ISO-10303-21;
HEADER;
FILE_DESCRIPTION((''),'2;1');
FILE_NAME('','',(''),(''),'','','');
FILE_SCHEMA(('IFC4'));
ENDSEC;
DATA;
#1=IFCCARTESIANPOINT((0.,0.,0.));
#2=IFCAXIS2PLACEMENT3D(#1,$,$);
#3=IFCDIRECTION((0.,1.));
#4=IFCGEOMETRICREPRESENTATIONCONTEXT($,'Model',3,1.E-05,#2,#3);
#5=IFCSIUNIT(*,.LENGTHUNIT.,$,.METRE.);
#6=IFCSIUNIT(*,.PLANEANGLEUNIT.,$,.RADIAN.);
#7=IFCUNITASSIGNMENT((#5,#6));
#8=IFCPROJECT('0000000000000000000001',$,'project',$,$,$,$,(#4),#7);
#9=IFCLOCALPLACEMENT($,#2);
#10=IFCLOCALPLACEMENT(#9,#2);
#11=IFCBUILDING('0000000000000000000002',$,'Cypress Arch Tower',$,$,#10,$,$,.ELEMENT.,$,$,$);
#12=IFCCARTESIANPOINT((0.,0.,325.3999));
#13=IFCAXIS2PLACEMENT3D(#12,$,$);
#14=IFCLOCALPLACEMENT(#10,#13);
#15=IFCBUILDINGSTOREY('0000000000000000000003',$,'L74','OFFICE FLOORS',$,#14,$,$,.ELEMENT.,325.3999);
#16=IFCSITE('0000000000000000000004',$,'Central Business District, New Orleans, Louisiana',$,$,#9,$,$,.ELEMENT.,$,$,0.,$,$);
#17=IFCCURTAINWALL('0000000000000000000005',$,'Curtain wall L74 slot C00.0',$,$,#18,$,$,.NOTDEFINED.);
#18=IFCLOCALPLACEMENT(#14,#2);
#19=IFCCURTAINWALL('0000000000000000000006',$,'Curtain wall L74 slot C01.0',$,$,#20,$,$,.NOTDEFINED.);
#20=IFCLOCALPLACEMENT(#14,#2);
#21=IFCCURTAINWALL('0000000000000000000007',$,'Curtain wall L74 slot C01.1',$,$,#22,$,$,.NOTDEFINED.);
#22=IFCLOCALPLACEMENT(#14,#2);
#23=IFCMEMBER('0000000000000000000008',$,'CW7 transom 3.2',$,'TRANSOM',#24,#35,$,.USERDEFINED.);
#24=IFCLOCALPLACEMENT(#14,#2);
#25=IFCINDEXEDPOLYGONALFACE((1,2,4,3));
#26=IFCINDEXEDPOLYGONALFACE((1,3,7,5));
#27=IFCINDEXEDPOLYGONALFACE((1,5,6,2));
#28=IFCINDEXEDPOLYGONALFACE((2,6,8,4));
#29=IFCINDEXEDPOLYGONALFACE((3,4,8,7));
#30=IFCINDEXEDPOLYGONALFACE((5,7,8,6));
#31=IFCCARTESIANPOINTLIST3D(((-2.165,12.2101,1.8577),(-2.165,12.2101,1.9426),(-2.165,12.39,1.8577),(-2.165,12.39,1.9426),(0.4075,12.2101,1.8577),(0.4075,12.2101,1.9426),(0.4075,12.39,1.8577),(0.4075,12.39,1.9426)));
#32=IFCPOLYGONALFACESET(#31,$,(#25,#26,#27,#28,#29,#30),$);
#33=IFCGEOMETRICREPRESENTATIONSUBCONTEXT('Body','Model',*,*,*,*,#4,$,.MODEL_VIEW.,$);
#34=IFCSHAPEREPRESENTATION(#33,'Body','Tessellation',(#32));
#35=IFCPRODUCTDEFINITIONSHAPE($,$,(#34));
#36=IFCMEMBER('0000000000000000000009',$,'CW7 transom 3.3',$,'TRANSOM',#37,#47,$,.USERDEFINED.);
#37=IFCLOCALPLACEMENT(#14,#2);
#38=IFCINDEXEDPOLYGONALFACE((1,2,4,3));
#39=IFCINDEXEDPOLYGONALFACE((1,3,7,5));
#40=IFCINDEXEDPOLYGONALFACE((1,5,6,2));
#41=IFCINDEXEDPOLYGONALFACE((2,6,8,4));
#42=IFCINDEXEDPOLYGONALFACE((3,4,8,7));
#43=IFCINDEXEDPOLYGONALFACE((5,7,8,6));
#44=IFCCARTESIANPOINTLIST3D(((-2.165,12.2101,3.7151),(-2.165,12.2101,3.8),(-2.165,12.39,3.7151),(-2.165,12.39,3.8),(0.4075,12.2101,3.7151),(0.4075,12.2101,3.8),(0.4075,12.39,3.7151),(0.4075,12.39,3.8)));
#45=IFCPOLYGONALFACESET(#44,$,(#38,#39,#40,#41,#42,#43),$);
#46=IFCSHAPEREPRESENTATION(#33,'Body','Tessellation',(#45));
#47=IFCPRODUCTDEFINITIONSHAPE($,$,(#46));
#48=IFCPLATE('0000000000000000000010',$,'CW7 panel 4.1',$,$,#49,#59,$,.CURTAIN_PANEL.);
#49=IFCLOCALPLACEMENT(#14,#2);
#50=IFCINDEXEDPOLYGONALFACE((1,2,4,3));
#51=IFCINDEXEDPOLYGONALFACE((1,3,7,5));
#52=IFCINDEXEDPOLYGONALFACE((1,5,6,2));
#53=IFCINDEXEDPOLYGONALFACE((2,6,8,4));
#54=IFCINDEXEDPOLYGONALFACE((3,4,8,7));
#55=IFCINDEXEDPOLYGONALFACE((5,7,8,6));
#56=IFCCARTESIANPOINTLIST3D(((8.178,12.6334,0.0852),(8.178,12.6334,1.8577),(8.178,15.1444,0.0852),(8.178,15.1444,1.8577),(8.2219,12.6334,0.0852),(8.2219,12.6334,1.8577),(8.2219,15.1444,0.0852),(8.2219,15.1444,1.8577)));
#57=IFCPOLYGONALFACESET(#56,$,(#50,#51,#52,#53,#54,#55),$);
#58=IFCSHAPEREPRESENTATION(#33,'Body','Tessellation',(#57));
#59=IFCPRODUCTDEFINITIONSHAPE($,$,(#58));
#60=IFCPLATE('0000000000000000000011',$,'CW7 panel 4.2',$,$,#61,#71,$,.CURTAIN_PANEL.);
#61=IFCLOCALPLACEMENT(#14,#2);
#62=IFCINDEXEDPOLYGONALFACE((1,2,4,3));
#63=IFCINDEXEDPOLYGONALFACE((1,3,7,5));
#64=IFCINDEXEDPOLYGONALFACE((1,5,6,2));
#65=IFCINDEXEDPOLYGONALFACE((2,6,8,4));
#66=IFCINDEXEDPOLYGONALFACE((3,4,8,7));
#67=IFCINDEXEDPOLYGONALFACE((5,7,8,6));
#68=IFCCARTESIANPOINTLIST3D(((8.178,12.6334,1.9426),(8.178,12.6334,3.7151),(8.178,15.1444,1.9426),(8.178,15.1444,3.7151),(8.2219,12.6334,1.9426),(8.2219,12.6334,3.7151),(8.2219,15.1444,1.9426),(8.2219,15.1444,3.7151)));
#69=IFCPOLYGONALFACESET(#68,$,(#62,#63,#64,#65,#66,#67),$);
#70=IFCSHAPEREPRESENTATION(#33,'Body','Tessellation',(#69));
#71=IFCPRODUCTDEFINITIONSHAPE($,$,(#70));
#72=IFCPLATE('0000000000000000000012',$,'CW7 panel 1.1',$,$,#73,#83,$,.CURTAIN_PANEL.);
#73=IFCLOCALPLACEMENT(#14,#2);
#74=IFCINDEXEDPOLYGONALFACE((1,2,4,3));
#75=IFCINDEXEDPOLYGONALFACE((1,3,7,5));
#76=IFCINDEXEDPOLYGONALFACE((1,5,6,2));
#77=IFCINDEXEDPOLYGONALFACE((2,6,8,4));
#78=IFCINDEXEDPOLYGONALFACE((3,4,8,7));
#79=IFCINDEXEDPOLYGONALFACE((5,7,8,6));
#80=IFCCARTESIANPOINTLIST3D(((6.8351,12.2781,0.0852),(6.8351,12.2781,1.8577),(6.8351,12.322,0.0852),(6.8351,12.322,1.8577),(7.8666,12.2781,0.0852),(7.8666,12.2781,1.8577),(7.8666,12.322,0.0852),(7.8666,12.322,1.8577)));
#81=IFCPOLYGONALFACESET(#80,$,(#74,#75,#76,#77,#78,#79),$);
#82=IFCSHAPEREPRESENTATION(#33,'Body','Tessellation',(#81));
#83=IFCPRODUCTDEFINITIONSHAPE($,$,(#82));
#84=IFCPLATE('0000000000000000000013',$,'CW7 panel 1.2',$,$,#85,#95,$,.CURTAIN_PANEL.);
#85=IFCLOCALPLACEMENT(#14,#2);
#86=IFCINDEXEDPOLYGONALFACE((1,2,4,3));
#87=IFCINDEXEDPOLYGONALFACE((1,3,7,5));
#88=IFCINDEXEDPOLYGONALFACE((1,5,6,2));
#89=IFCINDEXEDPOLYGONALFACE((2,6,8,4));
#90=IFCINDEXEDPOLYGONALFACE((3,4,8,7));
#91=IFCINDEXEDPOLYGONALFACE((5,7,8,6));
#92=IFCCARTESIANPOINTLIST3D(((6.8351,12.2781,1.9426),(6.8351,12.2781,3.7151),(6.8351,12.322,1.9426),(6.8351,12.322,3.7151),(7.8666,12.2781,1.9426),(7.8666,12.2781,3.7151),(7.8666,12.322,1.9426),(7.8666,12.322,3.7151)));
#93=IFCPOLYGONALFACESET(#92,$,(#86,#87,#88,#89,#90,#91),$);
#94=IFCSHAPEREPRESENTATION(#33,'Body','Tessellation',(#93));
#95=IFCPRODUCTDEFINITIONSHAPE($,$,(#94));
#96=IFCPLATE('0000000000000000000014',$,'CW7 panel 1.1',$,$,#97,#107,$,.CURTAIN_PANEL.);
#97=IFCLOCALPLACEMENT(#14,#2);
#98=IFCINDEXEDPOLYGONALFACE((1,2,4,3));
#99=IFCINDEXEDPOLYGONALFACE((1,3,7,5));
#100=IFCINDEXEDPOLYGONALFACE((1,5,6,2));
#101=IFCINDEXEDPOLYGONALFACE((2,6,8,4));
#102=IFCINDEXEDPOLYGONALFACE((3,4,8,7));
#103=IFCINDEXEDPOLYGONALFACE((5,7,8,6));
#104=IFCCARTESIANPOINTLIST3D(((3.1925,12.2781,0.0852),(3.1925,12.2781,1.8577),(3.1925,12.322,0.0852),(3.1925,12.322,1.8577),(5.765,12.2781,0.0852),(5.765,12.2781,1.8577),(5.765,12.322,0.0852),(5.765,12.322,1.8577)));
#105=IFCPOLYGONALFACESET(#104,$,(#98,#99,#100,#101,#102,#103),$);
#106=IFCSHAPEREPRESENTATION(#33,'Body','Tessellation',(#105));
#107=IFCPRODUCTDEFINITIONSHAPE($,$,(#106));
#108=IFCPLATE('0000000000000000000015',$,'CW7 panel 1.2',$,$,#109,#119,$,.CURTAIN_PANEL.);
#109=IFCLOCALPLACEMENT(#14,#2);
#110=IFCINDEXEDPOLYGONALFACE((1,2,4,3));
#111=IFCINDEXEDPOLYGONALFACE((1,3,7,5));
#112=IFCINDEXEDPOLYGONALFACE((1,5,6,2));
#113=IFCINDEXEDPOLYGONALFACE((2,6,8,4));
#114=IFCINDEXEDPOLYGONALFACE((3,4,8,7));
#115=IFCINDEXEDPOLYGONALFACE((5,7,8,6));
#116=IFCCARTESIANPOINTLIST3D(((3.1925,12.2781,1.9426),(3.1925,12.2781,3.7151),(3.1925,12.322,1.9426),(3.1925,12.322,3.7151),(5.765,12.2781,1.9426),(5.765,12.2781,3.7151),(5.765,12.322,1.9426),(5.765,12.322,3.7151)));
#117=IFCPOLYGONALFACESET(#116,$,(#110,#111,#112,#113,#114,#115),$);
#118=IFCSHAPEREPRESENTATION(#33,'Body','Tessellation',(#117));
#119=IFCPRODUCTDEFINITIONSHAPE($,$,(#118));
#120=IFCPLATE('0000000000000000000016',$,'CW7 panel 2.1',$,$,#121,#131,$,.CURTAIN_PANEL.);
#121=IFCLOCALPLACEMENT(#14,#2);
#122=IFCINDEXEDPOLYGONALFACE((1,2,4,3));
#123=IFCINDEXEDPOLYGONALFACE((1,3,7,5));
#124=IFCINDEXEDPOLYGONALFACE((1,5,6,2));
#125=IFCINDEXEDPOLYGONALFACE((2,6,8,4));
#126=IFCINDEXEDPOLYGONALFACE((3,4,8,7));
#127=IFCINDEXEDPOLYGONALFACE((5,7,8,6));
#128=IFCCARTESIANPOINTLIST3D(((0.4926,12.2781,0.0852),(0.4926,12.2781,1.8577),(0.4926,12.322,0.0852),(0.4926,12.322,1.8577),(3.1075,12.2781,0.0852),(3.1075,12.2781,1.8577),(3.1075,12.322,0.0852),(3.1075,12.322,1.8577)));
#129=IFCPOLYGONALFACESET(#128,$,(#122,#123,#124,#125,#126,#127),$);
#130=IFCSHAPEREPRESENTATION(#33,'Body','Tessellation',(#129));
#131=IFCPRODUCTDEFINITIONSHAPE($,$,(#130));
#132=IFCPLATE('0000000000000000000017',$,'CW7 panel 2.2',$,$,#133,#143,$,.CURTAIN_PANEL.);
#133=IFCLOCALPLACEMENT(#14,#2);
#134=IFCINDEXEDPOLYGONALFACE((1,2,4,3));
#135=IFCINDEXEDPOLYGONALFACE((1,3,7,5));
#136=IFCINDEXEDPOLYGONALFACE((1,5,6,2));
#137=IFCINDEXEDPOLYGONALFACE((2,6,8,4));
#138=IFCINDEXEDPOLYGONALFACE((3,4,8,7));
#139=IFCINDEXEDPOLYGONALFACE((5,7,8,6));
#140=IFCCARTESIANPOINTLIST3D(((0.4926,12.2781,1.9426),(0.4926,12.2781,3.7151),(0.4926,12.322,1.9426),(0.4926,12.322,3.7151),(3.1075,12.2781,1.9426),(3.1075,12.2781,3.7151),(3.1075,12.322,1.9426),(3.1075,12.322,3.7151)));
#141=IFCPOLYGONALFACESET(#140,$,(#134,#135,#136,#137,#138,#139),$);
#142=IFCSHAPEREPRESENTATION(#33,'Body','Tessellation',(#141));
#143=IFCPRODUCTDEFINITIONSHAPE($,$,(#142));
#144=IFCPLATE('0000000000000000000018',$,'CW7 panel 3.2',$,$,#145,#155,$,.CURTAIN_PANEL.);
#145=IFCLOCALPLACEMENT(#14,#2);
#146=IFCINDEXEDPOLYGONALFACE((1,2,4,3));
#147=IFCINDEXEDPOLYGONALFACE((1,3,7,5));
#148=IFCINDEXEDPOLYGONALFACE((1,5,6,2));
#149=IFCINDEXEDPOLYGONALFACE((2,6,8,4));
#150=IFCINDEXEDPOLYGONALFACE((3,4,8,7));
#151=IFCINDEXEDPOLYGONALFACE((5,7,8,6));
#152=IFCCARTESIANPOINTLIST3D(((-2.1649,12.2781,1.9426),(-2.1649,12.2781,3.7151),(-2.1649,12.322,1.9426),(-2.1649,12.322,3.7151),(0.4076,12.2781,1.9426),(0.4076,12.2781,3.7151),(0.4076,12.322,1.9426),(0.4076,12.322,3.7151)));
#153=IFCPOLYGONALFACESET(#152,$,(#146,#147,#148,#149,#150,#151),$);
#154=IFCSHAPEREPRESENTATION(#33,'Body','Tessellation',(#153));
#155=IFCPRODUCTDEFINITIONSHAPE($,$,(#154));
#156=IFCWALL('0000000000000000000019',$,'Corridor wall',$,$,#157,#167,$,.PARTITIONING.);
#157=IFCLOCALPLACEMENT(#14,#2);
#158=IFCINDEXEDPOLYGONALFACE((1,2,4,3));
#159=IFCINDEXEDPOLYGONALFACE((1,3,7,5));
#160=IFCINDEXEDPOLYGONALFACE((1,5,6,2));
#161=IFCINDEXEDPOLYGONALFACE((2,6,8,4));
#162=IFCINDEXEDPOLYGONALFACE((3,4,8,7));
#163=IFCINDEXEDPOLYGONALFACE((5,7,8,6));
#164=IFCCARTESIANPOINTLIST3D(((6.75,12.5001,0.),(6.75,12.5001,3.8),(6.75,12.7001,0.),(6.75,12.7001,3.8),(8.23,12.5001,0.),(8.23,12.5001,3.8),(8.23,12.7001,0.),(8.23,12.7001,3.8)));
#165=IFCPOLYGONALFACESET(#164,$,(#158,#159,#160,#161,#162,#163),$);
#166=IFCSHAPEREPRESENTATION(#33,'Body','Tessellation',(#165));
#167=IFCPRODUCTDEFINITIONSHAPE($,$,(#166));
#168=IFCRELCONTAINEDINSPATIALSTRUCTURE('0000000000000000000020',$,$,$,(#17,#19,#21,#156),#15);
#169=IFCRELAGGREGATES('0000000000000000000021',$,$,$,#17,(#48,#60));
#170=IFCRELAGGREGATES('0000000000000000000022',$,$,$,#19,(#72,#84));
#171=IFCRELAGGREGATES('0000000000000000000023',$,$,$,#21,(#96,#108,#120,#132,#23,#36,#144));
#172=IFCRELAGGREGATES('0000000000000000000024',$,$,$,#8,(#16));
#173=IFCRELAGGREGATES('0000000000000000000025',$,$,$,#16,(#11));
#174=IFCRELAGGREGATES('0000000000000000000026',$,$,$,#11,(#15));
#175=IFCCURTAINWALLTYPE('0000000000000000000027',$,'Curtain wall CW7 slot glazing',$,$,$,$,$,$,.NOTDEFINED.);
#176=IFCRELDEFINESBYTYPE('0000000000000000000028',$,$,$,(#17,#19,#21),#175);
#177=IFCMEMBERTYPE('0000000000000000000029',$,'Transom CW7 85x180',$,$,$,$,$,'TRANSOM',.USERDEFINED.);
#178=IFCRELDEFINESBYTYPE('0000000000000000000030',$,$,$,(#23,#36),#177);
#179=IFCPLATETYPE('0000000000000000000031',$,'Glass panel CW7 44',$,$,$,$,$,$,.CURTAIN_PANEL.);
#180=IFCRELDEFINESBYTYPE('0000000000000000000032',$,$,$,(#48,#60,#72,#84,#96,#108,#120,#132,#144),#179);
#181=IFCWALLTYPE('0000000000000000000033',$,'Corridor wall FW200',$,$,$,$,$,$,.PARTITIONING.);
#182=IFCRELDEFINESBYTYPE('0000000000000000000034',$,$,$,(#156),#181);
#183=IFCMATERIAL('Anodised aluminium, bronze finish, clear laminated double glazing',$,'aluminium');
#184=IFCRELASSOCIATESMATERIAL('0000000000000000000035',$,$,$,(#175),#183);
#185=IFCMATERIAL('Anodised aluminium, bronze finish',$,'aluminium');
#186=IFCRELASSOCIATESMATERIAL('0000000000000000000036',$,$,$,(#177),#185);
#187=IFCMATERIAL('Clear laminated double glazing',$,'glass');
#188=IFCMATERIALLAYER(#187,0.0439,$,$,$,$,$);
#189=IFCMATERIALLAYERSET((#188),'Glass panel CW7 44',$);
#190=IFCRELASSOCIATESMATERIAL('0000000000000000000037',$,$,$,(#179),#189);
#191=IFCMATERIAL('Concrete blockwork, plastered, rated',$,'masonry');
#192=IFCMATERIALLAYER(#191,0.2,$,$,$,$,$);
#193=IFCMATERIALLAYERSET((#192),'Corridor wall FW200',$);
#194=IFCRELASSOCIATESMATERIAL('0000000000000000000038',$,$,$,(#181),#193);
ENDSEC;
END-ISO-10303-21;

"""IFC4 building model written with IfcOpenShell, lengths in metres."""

from ifc_helpers import new_model, si_unit, direction, frame, frame_2d, origin, origin_2d, place, context, subcontext, project, spatial, rectangle, extrude, material, layer, layer_set, material_profile, profile_set, type_object, element, aggregate, save


model = new_model("IFC4")

# Units and contexts
model_context = context("Model", 3, precision=1e-05, world=origin(), true_north=direction((0.0, 1.0)))
body_context = subcontext(model_context, "Body", "Model", "MODEL_VIEW")
ifc_project = project(units=[si_unit("LENGTHUNIT", "METRE"), si_unit("PLANEANGLEUNIT", "RADIAN")], contexts=[model_context])

# Site, building, storey
site_placement = place(None, origin())
site = spatial("IfcSite", under=ifc_project, at=site_placement, Name="Central Business District, New Orleans, Louisiana", CompositionType="ELEMENT", RefElevation=0.0)
building_placement = place(site_placement, origin())
building = spatial("IfcBuilding", under=site, at=building_placement, Name="Cypress Arch Tower", CompositionType="ELEMENT")
storey_placement = place(building_placement, frame((0.0, 0.0, 325.3999)))
storey = spatial("IfcBuildingStorey", under=building, at=storey_placement, Name="L74", Description="OFFICE FLOORS", CompositionType="ELEMENT", Elevation=325.3999)

# Curtain walls
ifc_material_1 = material(Name="Anodised aluminium, bronze finish, clear laminated double glazing", Category="aluminium")
curtain_wall_type = type_object("IfcCurtainWallType", Name="Curtain wall CW7 slot glazing", PredefinedType="NOTDEFINED", material=ifc_material_1)
curtain_wall_1_placement = place(storey_placement, origin())
curtain_wall_1 = element("IfcCurtainWall", 1, at=curtain_wall_1_placement, inside=storey, type_object=curtain_wall_type, Name="Curtain wall L74 slot C00.0", PredefinedType="NOTDEFINED")
curtain_wall_2_placement = place(storey_placement, origin())
curtain_wall_2 = element("IfcCurtainWall", 2, at=curtain_wall_2_placement, inside=storey, type_object=curtain_wall_type, Name="Curtain wall L74 slot C01.0", PredefinedType="NOTDEFINED")
curtain_wall_3_placement = place(storey_placement, origin())
curtain_wall_3 = element("IfcCurtainWall", 3, at=curtain_wall_3_placement, inside=storey, type_object=curtain_wall_type, Name="Curtain wall L74 slot C01.1", PredefinedType="NOTDEFINED")

# Members
ifc_material_2 = material(Name="Anodised aluminium, bronze finish", Category="aluminium")
ifc_material_profile_1 = material_profile(ifc_material_2, rectangle(XDim=0.1799, YDim=0.085, at=origin_2d()), Name="Transom 85x180")
ifc_profile_set_1 = profile_set([ifc_material_profile_1], Name="Anodised aluminium, bronze finish")
member_type_1 = type_object("IfcMemberType", Name="Transom CW7 85x180", ElementType="TRANSOM", PredefinedType="USERDEFINED", material=ifc_profile_set_1)
member_1_placement = place(storey_placement, frame((0.4075, 12.3, 1.9001), z_axis=(-1.0, 0.0, 0.0), x_axis=(0.0, -1.0, 0.0)))
member_1 = element("IfcMember", 4, at=member_1_placement, type_object=member_type_1, Name="CW7 transom 3.2", ObjectType="TRANSOM", PredefinedType="USERDEFINED", context=body_context, shape_type="SweptSolid", body=[
    extrude(rectangle(XDim=0.1799, YDim=0.085, at=origin_2d()), origin(), (0.0, 0.0, 1.0), 2.5725),
])
member_2_placement = place(storey_placement, frame((0.4075, 12.3, 3.7576), z_axis=(-1.0, 0.0, 0.0), x_axis=(0.0, -1.0, 0.0)))
member_2 = element("IfcMember", 5, at=member_2_placement, type_object=member_type_1, Name="CW7 transom 3.3", ObjectType="TRANSOM", PredefinedType="USERDEFINED", context=body_context, shape_type="SweptSolid", body=[
    extrude(rectangle(XDim=0.1799, YDim=0.085, at=origin_2d()), origin(), (0.0, 0.0, 1.0), 2.5725),
])

# Plates
ifc_material_3 = material(Name="Clear laminated double glazing", Category="glass")
ifc_layer_1 = layer(ifc_material_3, 0.0439)
ifc_layer_set_1 = layer_set([ifc_layer_1], Name="Glass panel CW7 44")
plate_type = type_object("IfcPlateType", Name="Glass panel CW7 44", PredefinedType="CURTAIN_PANEL", material=ifc_layer_set_1)
plate_1_placement = place(storey_placement, frame((8.2, 13.8889, 0.0852), z_axis=(0.0, 0.0, 1.0), x_axis=(0.0, -1.0, 0.0)))
plate_1 = element("IfcPlate", 6, at=plate_1_placement, type_object=plate_type, Name="CW7 panel 4.1", PredefinedType="CURTAIN_PANEL", context=body_context, shape_type="SweptSolid", body=[
    extrude(rectangle(XDim=2.511, YDim=0.0439, at=origin_2d()), origin(), (0.0, 0.0, 1.0), 1.7725),
])
plate_2_placement = place(storey_placement, frame((8.2, 13.8889, 1.9426), z_axis=(0.0, 0.0, 1.0), x_axis=(0.0, -1.0, 0.0)))
plate_2 = element("IfcPlate", 7, at=plate_2_placement, type_object=plate_type, Name="CW7 panel 4.2", PredefinedType="CURTAIN_PANEL", context=body_context, shape_type="SweptSolid", body=[
    extrude(rectangle(XDim=2.511, YDim=0.0439, at=origin_2d()), origin(), (0.0, 0.0, 1.0), 1.7725),
])
aggregate(curtain_wall_1, [plate_1, plate_2])
plate_3_placement = place(storey_placement, frame((7.3508, 12.3, 0.0852), z_axis=(0.0, 0.0, 1.0), x_axis=(-1.0, 0.0, 0.0)))
plate_3 = element("IfcPlate", 8, at=plate_3_placement, type_object=plate_type, Name="CW7 panel 1.1", PredefinedType="CURTAIN_PANEL", context=body_context, shape_type="SweptSolid", body=[
    extrude(rectangle(XDim=1.0315, YDim=0.0439, at=origin_2d()), origin(), (0.0, 0.0, 1.0), 1.7725),
])
plate_4_placement = place(storey_placement, frame((7.3508, 12.3, 1.9426), z_axis=(0.0, 0.0, 1.0), x_axis=(-1.0, 0.0, 0.0)))
plate_4 = element("IfcPlate", 9, at=plate_4_placement, type_object=plate_type, Name="CW7 panel 1.2", PredefinedType="CURTAIN_PANEL", context=body_context, shape_type="SweptSolid", body=[
    extrude(rectangle(XDim=1.0315, YDim=0.0439, at=origin_2d()), origin(), (0.0, 0.0, 1.0), 1.7725),
])
aggregate(curtain_wall_2, [plate_3, plate_4])
plate_5_placement = place(storey_placement, frame((4.4788, 12.3, 0.0852), z_axis=(0.0, 0.0, 1.0), x_axis=(-1.0, 0.0, 0.0)))
plate_5 = element("IfcPlate", 10, at=plate_5_placement, type_object=plate_type, Name="CW7 panel 1.1", PredefinedType="CURTAIN_PANEL", context=body_context, shape_type="SweptSolid", body=[
    extrude(rectangle(XDim=2.5725, YDim=0.0439, at=origin_2d()), origin(), (0.0, 0.0, 1.0), 1.7725),
])
plate_6_placement = place(storey_placement, frame((4.4788, 12.3, 1.9426), z_axis=(0.0, 0.0, 1.0), x_axis=(-1.0, 0.0, 0.0)))
plate_6 = element("IfcPlate", 11, at=plate_6_placement, type_object=plate_type, Name="CW7 panel 1.2", PredefinedType="CURTAIN_PANEL", context=body_context, shape_type="SweptSolid", body=[
    extrude(rectangle(XDim=2.5725, YDim=0.0439, at=origin_2d()), origin(), (0.0, 0.0, 1.0), 1.7725),
])
plate_7_placement = place(storey_placement, frame((1.8, 12.3, 0.0852), z_axis=(0.0, 0.0, 1.0), x_axis=(-1.0, 0.0, 0.0)))
plate_7 = element("IfcPlate", 12, at=plate_7_placement, type_object=plate_type, Name="CW7 panel 2.1", PredefinedType="CURTAIN_PANEL", context=body_context, shape_type="SweptSolid", body=[
    extrude(rectangle(XDim=2.615, YDim=0.0439, at=origin_2d()), origin(), (0.0, 0.0, 1.0), 1.7725),
])
plate_8_placement = place(storey_placement, frame((1.8, 12.3, 1.9426), z_axis=(0.0, 0.0, 1.0), x_axis=(-1.0, 0.0, 0.0)))
plate_8 = element("IfcPlate", 13, at=plate_8_placement, type_object=plate_type, Name="CW7 panel 2.2", PredefinedType="CURTAIN_PANEL", context=body_context, shape_type="SweptSolid", body=[
    extrude(rectangle(XDim=2.615, YDim=0.0439, at=origin_2d()), origin(), (0.0, 0.0, 1.0), 1.7725),
])
plate_9_placement = place(storey_placement, frame((-0.8787, 12.3, 1.9426), z_axis=(0.0, 0.0, 1.0), x_axis=(-1.0, 0.0, 0.0)))
plate_9 = element("IfcPlate", 14, at=plate_9_placement, type_object=plate_type, Name="CW7 panel 3.2", PredefinedType="CURTAIN_PANEL", context=body_context, shape_type="SweptSolid", body=[
    extrude(rectangle(XDim=2.5725, YDim=0.0439, at=origin_2d()), origin(), (0.0, 0.0, 1.0), 1.7725),
])
aggregate(curtain_wall_3, [plate_5, plate_6, plate_7, plate_8, member_1, member_2, plate_9])

# Wall
ifc_material_4 = material(Name="Concrete blockwork, plastered, rated", Category="masonry")
ifc_layer_2 = layer(ifc_material_4, 0.2)
ifc_layer_set_2 = layer_set([ifc_layer_2], Name="Corridor wall FW200")
wall_type = type_object("IfcWallType", Name="Corridor wall FW200", PredefinedType="PARTITIONING", material=ifc_layer_set_2)
wall_placement = place(storey_placement, frame((6.75, 12.6001, 0.0), z_axis=(0.0, 0.0, 1.0), x_axis=(1.0, 0.0, 0.0)))
element("IfcWall", 15, at=wall_placement, inside=storey, type_object=wall_type, Name="Corridor wall", PredefinedType="PARTITIONING", context=body_context, shape_type="SweptSolid", body=[
    extrude(rectangle(XDim=1.48, YDim=0.2, at=frame_2d((0.74, 0.0))), origin(), (0.0, 0.0, 1.0), 3.8),
])

save(model, "model.ifc")
